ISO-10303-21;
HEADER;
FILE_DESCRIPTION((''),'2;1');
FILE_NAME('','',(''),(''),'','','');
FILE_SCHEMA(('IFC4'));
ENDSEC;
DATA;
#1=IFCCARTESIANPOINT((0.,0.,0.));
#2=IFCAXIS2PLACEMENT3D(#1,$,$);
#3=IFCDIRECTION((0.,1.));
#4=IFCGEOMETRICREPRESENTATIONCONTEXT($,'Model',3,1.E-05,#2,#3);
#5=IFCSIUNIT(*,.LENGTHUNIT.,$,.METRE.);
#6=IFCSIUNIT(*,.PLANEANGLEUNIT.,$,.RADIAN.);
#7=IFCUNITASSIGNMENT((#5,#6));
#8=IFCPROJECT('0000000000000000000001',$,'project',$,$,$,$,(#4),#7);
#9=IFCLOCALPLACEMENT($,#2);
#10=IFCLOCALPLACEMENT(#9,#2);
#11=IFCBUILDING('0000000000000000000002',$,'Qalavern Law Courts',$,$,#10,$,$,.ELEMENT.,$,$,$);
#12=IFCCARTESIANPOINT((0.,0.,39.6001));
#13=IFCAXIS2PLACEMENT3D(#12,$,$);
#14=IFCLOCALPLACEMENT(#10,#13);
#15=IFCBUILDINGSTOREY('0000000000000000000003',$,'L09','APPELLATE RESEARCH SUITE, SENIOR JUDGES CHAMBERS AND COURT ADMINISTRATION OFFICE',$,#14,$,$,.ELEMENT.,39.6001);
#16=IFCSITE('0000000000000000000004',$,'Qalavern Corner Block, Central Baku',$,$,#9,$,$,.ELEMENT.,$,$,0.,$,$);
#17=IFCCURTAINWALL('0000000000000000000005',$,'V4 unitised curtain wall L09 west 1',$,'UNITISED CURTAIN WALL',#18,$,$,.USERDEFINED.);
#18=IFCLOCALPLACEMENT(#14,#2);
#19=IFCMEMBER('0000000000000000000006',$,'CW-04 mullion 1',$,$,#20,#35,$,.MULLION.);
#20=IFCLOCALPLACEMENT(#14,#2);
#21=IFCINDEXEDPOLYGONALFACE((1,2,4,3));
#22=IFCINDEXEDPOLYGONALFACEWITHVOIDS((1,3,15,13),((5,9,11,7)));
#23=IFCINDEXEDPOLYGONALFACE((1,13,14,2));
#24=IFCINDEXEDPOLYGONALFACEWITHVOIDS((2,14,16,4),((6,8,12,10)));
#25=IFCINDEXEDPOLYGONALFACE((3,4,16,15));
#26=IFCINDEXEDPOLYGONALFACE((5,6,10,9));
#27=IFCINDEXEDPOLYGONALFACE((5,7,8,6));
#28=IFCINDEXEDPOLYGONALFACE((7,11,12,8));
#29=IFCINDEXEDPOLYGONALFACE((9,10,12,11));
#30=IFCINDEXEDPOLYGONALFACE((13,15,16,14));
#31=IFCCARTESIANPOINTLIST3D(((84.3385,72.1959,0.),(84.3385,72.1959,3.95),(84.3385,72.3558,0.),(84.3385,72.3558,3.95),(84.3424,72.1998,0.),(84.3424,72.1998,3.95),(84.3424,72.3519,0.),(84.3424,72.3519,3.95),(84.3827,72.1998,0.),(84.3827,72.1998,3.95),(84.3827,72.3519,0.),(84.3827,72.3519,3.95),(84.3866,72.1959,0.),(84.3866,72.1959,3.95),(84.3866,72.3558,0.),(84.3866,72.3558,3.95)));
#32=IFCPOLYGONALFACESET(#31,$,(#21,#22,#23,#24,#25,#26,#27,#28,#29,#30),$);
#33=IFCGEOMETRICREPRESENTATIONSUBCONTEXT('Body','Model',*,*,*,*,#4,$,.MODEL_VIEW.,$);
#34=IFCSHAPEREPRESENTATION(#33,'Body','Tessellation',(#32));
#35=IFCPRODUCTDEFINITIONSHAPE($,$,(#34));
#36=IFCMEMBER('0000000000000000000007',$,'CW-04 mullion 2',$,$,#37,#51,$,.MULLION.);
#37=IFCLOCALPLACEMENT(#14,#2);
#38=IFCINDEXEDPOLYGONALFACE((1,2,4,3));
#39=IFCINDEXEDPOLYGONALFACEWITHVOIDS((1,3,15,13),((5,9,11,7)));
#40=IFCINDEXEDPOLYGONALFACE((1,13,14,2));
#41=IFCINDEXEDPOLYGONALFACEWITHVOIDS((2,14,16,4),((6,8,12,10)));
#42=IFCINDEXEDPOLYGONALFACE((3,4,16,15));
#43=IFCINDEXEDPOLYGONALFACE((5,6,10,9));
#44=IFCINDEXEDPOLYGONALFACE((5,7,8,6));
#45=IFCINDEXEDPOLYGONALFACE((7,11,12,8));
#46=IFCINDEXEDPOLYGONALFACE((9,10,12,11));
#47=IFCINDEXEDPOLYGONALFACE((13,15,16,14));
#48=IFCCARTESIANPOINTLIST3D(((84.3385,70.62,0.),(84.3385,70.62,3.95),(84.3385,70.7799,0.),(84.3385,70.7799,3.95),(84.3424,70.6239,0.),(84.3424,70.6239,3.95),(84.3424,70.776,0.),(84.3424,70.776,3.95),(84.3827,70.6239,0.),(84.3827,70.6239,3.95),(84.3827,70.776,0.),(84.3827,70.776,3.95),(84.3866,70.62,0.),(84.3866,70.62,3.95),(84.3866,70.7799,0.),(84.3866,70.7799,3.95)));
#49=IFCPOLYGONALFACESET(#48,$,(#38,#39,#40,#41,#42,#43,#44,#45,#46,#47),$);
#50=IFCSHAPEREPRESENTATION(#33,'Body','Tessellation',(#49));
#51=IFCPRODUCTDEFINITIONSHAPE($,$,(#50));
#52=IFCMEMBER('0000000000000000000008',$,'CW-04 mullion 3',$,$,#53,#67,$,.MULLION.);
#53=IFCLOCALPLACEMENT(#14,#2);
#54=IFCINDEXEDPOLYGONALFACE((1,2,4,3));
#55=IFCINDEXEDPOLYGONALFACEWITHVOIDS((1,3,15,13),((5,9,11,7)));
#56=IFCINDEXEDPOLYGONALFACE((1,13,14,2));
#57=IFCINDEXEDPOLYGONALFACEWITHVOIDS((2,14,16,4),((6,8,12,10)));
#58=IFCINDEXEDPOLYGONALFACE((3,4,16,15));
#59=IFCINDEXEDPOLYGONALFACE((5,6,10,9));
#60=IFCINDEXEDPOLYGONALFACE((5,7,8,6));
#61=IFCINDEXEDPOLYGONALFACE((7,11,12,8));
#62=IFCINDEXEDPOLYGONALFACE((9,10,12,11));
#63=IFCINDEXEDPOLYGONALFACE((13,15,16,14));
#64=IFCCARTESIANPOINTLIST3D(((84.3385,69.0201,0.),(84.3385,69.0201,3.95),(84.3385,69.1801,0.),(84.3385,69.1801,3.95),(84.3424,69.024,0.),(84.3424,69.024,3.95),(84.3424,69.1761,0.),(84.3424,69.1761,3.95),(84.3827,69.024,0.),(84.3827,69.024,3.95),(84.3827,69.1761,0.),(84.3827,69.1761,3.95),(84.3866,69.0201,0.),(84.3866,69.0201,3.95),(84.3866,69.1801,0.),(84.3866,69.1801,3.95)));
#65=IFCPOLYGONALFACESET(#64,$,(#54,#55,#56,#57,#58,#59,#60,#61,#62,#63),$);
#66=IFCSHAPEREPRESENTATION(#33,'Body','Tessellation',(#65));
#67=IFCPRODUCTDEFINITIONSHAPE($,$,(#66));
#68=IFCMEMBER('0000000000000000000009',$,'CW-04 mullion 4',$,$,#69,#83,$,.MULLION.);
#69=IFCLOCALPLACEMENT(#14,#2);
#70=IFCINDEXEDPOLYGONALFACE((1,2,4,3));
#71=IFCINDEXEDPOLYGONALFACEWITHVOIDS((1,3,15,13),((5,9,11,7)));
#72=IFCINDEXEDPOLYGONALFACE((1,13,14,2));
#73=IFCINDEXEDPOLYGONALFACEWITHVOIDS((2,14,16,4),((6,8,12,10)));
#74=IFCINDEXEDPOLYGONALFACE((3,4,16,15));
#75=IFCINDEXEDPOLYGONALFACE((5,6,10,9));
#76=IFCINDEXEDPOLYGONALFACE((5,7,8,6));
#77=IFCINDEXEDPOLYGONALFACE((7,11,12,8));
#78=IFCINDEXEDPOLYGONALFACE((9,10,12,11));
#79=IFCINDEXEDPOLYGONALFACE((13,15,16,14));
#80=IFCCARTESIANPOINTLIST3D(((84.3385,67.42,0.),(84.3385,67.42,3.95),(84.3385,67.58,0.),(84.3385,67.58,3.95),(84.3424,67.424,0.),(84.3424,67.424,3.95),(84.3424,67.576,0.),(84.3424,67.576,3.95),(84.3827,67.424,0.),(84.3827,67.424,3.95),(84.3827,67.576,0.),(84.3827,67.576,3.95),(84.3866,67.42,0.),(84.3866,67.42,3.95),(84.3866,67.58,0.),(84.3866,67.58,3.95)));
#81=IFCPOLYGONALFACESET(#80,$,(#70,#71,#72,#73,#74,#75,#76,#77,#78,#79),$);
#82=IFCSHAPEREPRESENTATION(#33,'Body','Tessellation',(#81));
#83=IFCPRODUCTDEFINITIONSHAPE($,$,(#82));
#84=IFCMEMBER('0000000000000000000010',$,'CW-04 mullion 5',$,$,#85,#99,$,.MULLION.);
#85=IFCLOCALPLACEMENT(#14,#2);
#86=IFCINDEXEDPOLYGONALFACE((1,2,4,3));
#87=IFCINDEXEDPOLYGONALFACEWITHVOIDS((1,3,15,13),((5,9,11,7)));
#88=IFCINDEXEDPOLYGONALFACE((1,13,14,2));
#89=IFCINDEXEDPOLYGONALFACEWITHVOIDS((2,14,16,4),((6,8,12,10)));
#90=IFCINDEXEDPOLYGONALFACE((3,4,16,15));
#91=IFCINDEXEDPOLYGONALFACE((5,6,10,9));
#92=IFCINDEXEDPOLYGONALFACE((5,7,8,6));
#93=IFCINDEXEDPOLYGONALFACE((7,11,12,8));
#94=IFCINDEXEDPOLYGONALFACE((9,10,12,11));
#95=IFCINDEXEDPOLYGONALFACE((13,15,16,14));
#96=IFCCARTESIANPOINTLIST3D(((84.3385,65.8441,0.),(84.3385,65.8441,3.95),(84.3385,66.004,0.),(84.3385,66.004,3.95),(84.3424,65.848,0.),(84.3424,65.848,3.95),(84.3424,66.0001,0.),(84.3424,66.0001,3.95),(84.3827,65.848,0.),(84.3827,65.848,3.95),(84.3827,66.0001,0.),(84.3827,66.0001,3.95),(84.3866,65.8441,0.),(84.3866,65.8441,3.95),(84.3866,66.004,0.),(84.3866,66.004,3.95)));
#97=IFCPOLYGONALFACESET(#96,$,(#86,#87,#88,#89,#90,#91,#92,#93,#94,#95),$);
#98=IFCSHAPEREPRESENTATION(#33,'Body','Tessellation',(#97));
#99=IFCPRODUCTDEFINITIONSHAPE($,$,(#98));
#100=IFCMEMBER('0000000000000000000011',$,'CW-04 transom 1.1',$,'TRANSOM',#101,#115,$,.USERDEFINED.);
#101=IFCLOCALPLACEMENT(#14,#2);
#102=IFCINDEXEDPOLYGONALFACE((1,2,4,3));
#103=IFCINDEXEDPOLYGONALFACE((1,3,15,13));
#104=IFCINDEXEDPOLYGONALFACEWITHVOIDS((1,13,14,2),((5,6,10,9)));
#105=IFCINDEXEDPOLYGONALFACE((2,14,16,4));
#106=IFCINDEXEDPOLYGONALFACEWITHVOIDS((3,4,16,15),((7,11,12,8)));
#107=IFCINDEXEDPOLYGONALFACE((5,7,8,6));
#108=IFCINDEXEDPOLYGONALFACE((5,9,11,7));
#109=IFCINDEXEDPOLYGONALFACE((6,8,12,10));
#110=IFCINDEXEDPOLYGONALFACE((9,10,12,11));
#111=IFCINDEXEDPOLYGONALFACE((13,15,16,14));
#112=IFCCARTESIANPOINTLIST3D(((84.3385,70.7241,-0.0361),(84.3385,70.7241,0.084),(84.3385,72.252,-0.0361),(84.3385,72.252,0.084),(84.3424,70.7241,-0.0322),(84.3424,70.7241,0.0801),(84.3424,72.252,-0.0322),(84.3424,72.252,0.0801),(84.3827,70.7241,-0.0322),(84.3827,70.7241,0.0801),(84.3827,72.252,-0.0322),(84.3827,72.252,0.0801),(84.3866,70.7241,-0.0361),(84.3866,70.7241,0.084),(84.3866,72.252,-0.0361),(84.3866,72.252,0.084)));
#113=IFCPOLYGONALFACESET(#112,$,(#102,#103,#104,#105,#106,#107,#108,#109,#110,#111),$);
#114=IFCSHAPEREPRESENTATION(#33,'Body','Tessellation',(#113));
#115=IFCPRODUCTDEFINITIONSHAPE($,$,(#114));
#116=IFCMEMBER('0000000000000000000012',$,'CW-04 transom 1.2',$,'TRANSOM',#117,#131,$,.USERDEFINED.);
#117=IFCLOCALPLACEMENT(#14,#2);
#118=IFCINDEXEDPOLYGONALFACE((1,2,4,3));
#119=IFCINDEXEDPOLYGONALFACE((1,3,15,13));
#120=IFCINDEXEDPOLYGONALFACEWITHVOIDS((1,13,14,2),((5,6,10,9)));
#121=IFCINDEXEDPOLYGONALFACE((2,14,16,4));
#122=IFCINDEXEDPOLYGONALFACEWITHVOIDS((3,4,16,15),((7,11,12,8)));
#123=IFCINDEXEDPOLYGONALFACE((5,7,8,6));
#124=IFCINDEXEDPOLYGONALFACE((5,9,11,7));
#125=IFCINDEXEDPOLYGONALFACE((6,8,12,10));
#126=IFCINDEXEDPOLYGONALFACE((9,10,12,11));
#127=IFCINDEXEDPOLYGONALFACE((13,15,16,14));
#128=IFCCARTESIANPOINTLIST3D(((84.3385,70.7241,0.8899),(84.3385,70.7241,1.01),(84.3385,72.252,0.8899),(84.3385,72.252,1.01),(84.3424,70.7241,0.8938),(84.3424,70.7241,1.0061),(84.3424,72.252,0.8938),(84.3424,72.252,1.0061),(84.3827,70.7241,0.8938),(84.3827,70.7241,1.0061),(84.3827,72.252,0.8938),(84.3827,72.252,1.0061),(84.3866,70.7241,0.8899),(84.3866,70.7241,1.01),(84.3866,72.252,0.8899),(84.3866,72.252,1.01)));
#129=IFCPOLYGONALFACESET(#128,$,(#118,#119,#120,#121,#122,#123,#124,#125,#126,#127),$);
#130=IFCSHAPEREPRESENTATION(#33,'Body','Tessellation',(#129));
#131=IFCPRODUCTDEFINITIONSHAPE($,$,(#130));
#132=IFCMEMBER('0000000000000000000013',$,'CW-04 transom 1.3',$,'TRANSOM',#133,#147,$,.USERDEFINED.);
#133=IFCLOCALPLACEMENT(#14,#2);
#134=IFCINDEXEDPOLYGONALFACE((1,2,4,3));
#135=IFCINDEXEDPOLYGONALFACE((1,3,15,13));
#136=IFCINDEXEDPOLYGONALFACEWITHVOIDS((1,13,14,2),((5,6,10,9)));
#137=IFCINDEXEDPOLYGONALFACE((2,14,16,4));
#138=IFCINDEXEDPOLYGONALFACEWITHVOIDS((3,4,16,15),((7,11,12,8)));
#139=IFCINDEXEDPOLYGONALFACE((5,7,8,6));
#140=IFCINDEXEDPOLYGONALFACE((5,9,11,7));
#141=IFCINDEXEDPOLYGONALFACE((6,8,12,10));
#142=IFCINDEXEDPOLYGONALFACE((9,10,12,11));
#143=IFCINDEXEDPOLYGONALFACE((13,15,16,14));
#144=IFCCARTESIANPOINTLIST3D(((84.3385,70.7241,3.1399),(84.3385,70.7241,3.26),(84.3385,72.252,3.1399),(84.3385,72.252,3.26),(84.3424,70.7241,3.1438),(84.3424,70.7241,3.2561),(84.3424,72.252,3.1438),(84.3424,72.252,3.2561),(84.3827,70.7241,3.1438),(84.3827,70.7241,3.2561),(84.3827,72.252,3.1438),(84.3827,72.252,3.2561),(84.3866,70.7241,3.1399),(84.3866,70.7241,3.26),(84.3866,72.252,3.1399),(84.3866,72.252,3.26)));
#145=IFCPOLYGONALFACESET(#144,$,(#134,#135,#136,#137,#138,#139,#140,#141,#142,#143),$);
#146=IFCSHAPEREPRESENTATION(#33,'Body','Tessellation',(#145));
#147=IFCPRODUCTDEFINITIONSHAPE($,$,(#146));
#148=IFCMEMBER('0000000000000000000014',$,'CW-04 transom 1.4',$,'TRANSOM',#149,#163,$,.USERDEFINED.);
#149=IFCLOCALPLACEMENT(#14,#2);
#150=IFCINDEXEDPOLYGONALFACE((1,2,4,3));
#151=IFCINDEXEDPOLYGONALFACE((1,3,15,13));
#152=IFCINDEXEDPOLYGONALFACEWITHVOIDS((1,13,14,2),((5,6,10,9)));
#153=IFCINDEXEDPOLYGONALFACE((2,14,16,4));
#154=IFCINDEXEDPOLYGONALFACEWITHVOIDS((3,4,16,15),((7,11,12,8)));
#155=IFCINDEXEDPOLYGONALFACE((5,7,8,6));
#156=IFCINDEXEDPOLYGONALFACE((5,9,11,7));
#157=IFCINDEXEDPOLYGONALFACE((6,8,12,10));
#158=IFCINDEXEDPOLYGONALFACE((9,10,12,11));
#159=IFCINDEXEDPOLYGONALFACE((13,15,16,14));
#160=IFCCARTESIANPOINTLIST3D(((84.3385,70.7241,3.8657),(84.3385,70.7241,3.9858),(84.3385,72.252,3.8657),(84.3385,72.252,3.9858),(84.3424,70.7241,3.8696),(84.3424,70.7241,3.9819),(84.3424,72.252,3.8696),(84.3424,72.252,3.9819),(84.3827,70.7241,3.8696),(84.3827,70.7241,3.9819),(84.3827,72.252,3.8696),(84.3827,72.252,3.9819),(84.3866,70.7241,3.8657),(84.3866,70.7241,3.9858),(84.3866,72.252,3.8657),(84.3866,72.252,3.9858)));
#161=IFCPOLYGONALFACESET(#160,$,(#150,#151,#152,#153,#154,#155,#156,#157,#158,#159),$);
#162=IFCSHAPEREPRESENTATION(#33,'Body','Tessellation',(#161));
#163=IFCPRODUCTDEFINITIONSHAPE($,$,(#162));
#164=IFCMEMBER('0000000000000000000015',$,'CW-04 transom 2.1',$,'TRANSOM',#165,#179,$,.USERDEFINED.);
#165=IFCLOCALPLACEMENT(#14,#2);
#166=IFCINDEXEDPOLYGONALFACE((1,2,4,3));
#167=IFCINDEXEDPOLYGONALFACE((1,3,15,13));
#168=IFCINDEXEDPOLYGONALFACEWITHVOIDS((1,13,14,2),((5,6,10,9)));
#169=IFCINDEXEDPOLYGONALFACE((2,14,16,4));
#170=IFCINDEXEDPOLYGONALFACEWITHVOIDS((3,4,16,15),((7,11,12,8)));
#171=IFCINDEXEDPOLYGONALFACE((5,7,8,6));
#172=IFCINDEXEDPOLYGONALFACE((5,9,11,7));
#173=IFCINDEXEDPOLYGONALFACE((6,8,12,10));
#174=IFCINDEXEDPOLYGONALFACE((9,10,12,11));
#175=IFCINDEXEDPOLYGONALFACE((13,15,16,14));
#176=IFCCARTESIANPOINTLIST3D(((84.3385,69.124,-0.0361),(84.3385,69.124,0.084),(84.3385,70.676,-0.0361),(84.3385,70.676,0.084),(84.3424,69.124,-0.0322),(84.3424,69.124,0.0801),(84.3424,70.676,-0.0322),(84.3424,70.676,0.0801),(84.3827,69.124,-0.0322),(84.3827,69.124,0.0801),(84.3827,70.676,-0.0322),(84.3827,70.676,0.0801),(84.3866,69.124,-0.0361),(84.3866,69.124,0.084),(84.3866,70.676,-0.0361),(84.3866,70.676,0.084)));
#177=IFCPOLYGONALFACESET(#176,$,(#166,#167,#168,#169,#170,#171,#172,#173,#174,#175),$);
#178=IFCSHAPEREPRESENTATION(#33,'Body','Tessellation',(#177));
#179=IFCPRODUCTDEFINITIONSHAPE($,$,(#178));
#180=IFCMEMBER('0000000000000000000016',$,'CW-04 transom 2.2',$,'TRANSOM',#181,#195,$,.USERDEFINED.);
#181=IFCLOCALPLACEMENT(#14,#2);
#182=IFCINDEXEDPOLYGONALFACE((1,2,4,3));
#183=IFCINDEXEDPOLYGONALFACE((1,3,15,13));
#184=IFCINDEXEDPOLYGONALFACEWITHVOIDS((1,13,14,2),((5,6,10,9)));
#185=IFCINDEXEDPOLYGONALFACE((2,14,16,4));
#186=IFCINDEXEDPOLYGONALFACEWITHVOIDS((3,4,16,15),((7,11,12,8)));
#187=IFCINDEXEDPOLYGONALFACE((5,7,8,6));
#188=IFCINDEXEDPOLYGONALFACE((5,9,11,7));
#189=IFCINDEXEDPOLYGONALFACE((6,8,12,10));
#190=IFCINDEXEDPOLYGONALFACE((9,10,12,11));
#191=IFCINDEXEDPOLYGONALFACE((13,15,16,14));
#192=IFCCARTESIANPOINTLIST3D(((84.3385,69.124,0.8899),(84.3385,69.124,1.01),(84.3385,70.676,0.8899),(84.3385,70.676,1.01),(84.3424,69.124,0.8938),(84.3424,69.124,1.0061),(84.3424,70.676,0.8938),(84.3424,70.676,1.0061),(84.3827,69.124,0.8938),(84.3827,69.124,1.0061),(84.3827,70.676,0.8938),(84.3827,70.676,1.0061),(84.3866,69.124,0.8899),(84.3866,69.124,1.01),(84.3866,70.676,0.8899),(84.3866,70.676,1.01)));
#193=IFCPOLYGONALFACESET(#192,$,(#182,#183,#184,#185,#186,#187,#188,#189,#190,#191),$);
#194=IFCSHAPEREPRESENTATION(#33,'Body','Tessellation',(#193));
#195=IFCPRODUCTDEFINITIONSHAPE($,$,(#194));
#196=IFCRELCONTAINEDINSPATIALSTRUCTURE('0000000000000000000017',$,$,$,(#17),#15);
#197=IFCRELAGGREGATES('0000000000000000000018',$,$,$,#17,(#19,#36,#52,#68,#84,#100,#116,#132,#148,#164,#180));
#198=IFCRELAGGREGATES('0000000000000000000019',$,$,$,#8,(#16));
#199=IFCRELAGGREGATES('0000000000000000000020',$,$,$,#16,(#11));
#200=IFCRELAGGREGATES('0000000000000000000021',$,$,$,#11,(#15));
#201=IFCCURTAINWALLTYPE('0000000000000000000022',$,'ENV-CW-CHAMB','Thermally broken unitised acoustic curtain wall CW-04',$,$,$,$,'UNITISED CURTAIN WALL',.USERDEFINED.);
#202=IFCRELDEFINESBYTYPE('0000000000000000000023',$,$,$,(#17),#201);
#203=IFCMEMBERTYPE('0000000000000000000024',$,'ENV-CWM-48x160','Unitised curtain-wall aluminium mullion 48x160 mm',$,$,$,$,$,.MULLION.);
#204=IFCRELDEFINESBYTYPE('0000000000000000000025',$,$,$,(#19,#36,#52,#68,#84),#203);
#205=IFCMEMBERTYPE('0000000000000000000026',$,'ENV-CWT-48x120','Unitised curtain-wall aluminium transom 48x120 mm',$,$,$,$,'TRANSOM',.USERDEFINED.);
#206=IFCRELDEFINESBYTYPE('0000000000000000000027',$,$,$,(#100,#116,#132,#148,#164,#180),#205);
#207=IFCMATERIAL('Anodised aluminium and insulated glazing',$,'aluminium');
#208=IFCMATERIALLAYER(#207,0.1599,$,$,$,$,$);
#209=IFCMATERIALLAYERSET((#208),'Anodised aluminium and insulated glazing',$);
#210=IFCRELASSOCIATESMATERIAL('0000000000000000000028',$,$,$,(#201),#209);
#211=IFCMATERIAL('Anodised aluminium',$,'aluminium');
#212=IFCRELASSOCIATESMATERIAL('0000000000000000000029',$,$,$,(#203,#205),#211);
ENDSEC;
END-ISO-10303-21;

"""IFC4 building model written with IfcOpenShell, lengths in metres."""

from ifc_helpers import new_model, si_unit, direction, frame, origin, origin_2d, place, context, subcontext, project, spatial, hollow_rectangle, extrude, material, layer, layer_set, material_profile, profile_set, type_object, element, aggregate, save


model = new_model("IFC4")

# Units and contexts
model_context = context("Model", 3, precision=1e-05, world=origin(), true_north=direction((0.0, 1.0)))
body_context = subcontext(model_context, "Body", "Model", "MODEL_VIEW")
ifc_project = project(units=[si_unit("LENGTHUNIT", "METRE"), si_unit("PLANEANGLEUNIT", "RADIAN")], contexts=[model_context])

# Site, building, storey
site_placement = place(None, origin())
site = spatial("IfcSite", under=ifc_project, at=site_placement, Name="Qalavern Corner Block, Central Baku", CompositionType="ELEMENT", RefElevation=0.0)
building_placement = place(site_placement, origin())
building = spatial("IfcBuilding", under=site, at=building_placement, Name="Qalavern Law Courts", CompositionType="ELEMENT")
storey_placement = place(building_placement, frame((0.0, 0.0, 39.6001)))
storey = spatial("IfcBuildingStorey", under=building, at=storey_placement, Name="L09", Description="APPELLATE RESEARCH SUITE, SENIOR JUDGES CHAMBERS AND COURT ADMINISTRATION OFFICE", CompositionType="ELEMENT", Elevation=39.6001)

# Curtain wall, members
ifc_material_1 = material(Name="Anodised aluminium and insulated glazing", Category="aluminium")
ifc_layer_1 = layer(ifc_material_1, 0.1599)
ifc_layer_set_1 = layer_set([ifc_layer_1], Name="Anodised aluminium and insulated glazing")
curtain_wall_type = type_object("IfcCurtainWallType", Name="ENV-CW-CHAMB", Description="Thermally broken unitised acoustic curtain wall CW-04", ElementType="UNITISED CURTAIN WALL", PredefinedType="USERDEFINED", material=ifc_layer_set_1)
curtain_wall_placement = place(storey_placement, origin())
curtain_wall = element("IfcCurtainWall", 1, at=curtain_wall_placement, inside=storey, type_object=curtain_wall_type, Name="V4 unitised curtain wall L09 west 1", ObjectType="UNITISED CURTAIN WALL", PredefinedType="USERDEFINED")
ifc_material_2 = material(Name="Anodised aluminium", Category="aluminium")
ifc_material_profile_1 = material_profile(ifc_material_2, hollow_rectangle(XDim=0.0481, YDim=0.1599, WallThickness=0.0039, at=origin_2d()), Name="ALU MULLION 48x160")
ifc_profile_set_1 = profile_set([ifc_material_profile_1], Name="Anodised aluminium")
member_type_1 = type_object("IfcMemberType", Name="ENV-CWM-48x160", Description="Unitised curtain-wall aluminium mullion 48x160 mm", PredefinedType="MULLION", material=ifc_profile_set_1)
member_1_placement = place(storey_placement, frame((84.3625, 72.2759, 0.0), z_axis=(0.0, 0.0, 1.0), x_axis=(1.0, 0.0, 0.0)))
member_1 = element("IfcMember", 2, at=member_1_placement, type_object=member_type_1, Name="CW-04 mullion 1", PredefinedType="MULLION", context=body_context, shape_type="SweptSolid", body=[
    extrude(hollow_rectangle(XDim=0.0481, YDim=0.1599, WallThickness=0.0039, at=origin_2d()), origin(), (0.0, 0.0, 1.0), 3.95),
])
member_2_placement = place(storey_placement, frame((84.3625, 70.7, 0.0), z_axis=(0.0, 0.0, 1.0), x_axis=(1.0, 0.0, 0.0)))
member_2 = element("IfcMember", 3, at=member_2_placement, type_object=member_type_1, Name="CW-04 mullion 2", PredefinedType="MULLION", context=body_context, shape_type="SweptSolid", body=[
    extrude(hollow_rectangle(XDim=0.0481, YDim=0.1599, WallThickness=0.0039, at=origin_2d()), origin(), (0.0, 0.0, 1.0), 3.95),
])
member_3_placement = place(storey_placement, frame((84.3625, 69.1001, 0.0), z_axis=(0.0, 0.0, 1.0), x_axis=(1.0, 0.0, 0.0)))
member_3 = element("IfcMember", 4, at=member_3_placement, type_object=member_type_1, Name="CW-04 mullion 3", PredefinedType="MULLION", context=body_context, shape_type="SweptSolid", body=[
    extrude(hollow_rectangle(XDim=0.0481, YDim=0.1599, WallThickness=0.0039, at=origin_2d()), origin(), (0.0, 0.0, 1.0), 3.95),
])
member_4_placement = place(storey_placement, frame((84.3625, 67.5, 0.0), z_axis=(0.0, 0.0, 1.0), x_axis=(1.0, 0.0, 0.0)))
member_4 = element("IfcMember", 5, at=member_4_placement, type_object=member_type_1, Name="CW-04 mullion 4", PredefinedType="MULLION", context=body_context, shape_type="SweptSolid", body=[
    extrude(hollow_rectangle(XDim=0.0481, YDim=0.1599, WallThickness=0.0039, at=origin_2d()), origin(), (0.0, 0.0, 1.0), 3.95),
])
member_5_placement = place(storey_placement, frame((84.3625, 65.9241, 0.0), z_axis=(0.0, 0.0, 1.0), x_axis=(1.0, 0.0, 0.0)))
member_5 = element("IfcMember", 6, at=member_5_placement, type_object=member_type_1, Name="CW-04 mullion 5", PredefinedType="MULLION", context=body_context, shape_type="SweptSolid", body=[
    extrude(hollow_rectangle(XDim=0.0481, YDim=0.1599, WallThickness=0.0039, at=origin_2d()), origin(), (0.0, 0.0, 1.0), 3.95),
])
ifc_material_profile_2 = material_profile(ifc_material_2, hollow_rectangle(XDim=0.0481, YDim=0.1201, WallThickness=0.0039, at=origin_2d()), Name="ALU TRANSOM 48x120")
ifc_profile_set_2 = profile_set([ifc_material_profile_2], Name="Anodised aluminium")
member_type_2 = type_object("IfcMemberType", Name="ENV-CWT-48x120", Description="Unitised curtain-wall aluminium transom 48x120 mm", ElementType="TRANSOM", PredefinedType="USERDEFINED", material=ifc_profile_set_2)
member_6_placement = place(storey_placement, frame((84.3625, 72.252, 0.0239), z_axis=(0.0, -1.0, 0.0), x_axis=(1.0, 0.0, 0.0)))
member_6 = element("IfcMember", 7, at=member_6_placement, type_object=member_type_2, Name="CW-04 transom 1.1", ObjectType="TRANSOM", PredefinedType="USERDEFINED", context=body_context, shape_type="SweptSolid", body=[
    extrude(hollow_rectangle(XDim=0.0481, YDim=0.1201, WallThickness=0.0039, at=origin_2d()), origin(), (0.0, 0.0, 1.0), 1.5278),
])
member_7_placement = place(storey_placement, frame((84.3625, 72.252, 0.95), z_axis=(0.0, -1.0, 0.0), x_axis=(1.0, 0.0, 0.0)))
member_7 = element("IfcMember", 8, at=member_7_placement, type_object=member_type_2, Name="CW-04 transom 1.2", ObjectType="TRANSOM", PredefinedType="USERDEFINED", context=body_context, shape_type="SweptSolid", body=[
    extrude(hollow_rectangle(XDim=0.0481, YDim=0.1201, WallThickness=0.0039, at=origin_2d()), origin(), (0.0, 0.0, 1.0), 1.5278),
])
member_8_placement = place(storey_placement, frame((84.3625, 72.252, 3.2), z_axis=(0.0, -1.0, 0.0), x_axis=(1.0, 0.0, 0.0)))
member_8 = element("IfcMember", 9, at=member_8_placement, type_object=member_type_2, Name="CW-04 transom 1.3", ObjectType="TRANSOM", PredefinedType="USERDEFINED", context=body_context, shape_type="SweptSolid", body=[
    extrude(hollow_rectangle(XDim=0.0481, YDim=0.1201, WallThickness=0.0039, at=origin_2d()), origin(), (0.0, 0.0, 1.0), 1.5278),
])
member_9_placement = place(storey_placement, frame((84.3625, 72.252, 3.9258), z_axis=(0.0, -1.0, 0.0), x_axis=(1.0, 0.0, 0.0)))
member_9 = element("IfcMember", 10, at=member_9_placement, type_object=member_type_2, Name="CW-04 transom 1.4", ObjectType="TRANSOM", PredefinedType="USERDEFINED", context=body_context, shape_type="SweptSolid", body=[
    extrude(hollow_rectangle(XDim=0.0481, YDim=0.1201, WallThickness=0.0039, at=origin_2d()), origin(), (0.0, 0.0, 1.0), 1.5278),
])
member_10_placement = place(storey_placement, frame((84.3625, 70.676, 0.0239), z_axis=(0.0, -1.0, 0.0), x_axis=(1.0, 0.0, 0.0)))
member_10 = element("IfcMember", 11, at=member_10_placement, type_object=member_type_2, Name="CW-04 transom 2.1", ObjectType="TRANSOM", PredefinedType="USERDEFINED", context=body_context, shape_type="SweptSolid", body=[
    extrude(hollow_rectangle(XDim=0.0481, YDim=0.1201, WallThickness=0.0039, at=origin_2d()), origin(), (0.0, 0.0, 1.0), 1.552),
])
member_11_placement = place(storey_placement, frame((84.3625, 70.676, 0.95), z_axis=(0.0, -1.0, 0.0), x_axis=(1.0, 0.0, 0.0)))
member_11 = element("IfcMember", 12, at=member_11_placement, type_object=member_type_2, Name="CW-04 transom 2.2", ObjectType="TRANSOM", PredefinedType="USERDEFINED", context=body_context, shape_type="SweptSolid", body=[
    extrude(hollow_rectangle(XDim=0.0481, YDim=0.1201, WallThickness=0.0039, at=origin_2d()), origin(), (0.0, 0.0, 1.0), 1.552),
])
aggregate(curtain_wall, [member_1, member_2, member_3, member_4, member_5, member_6, member_7, member_8, member_9, member_10, member_11])

save(model, "model.ifc")
